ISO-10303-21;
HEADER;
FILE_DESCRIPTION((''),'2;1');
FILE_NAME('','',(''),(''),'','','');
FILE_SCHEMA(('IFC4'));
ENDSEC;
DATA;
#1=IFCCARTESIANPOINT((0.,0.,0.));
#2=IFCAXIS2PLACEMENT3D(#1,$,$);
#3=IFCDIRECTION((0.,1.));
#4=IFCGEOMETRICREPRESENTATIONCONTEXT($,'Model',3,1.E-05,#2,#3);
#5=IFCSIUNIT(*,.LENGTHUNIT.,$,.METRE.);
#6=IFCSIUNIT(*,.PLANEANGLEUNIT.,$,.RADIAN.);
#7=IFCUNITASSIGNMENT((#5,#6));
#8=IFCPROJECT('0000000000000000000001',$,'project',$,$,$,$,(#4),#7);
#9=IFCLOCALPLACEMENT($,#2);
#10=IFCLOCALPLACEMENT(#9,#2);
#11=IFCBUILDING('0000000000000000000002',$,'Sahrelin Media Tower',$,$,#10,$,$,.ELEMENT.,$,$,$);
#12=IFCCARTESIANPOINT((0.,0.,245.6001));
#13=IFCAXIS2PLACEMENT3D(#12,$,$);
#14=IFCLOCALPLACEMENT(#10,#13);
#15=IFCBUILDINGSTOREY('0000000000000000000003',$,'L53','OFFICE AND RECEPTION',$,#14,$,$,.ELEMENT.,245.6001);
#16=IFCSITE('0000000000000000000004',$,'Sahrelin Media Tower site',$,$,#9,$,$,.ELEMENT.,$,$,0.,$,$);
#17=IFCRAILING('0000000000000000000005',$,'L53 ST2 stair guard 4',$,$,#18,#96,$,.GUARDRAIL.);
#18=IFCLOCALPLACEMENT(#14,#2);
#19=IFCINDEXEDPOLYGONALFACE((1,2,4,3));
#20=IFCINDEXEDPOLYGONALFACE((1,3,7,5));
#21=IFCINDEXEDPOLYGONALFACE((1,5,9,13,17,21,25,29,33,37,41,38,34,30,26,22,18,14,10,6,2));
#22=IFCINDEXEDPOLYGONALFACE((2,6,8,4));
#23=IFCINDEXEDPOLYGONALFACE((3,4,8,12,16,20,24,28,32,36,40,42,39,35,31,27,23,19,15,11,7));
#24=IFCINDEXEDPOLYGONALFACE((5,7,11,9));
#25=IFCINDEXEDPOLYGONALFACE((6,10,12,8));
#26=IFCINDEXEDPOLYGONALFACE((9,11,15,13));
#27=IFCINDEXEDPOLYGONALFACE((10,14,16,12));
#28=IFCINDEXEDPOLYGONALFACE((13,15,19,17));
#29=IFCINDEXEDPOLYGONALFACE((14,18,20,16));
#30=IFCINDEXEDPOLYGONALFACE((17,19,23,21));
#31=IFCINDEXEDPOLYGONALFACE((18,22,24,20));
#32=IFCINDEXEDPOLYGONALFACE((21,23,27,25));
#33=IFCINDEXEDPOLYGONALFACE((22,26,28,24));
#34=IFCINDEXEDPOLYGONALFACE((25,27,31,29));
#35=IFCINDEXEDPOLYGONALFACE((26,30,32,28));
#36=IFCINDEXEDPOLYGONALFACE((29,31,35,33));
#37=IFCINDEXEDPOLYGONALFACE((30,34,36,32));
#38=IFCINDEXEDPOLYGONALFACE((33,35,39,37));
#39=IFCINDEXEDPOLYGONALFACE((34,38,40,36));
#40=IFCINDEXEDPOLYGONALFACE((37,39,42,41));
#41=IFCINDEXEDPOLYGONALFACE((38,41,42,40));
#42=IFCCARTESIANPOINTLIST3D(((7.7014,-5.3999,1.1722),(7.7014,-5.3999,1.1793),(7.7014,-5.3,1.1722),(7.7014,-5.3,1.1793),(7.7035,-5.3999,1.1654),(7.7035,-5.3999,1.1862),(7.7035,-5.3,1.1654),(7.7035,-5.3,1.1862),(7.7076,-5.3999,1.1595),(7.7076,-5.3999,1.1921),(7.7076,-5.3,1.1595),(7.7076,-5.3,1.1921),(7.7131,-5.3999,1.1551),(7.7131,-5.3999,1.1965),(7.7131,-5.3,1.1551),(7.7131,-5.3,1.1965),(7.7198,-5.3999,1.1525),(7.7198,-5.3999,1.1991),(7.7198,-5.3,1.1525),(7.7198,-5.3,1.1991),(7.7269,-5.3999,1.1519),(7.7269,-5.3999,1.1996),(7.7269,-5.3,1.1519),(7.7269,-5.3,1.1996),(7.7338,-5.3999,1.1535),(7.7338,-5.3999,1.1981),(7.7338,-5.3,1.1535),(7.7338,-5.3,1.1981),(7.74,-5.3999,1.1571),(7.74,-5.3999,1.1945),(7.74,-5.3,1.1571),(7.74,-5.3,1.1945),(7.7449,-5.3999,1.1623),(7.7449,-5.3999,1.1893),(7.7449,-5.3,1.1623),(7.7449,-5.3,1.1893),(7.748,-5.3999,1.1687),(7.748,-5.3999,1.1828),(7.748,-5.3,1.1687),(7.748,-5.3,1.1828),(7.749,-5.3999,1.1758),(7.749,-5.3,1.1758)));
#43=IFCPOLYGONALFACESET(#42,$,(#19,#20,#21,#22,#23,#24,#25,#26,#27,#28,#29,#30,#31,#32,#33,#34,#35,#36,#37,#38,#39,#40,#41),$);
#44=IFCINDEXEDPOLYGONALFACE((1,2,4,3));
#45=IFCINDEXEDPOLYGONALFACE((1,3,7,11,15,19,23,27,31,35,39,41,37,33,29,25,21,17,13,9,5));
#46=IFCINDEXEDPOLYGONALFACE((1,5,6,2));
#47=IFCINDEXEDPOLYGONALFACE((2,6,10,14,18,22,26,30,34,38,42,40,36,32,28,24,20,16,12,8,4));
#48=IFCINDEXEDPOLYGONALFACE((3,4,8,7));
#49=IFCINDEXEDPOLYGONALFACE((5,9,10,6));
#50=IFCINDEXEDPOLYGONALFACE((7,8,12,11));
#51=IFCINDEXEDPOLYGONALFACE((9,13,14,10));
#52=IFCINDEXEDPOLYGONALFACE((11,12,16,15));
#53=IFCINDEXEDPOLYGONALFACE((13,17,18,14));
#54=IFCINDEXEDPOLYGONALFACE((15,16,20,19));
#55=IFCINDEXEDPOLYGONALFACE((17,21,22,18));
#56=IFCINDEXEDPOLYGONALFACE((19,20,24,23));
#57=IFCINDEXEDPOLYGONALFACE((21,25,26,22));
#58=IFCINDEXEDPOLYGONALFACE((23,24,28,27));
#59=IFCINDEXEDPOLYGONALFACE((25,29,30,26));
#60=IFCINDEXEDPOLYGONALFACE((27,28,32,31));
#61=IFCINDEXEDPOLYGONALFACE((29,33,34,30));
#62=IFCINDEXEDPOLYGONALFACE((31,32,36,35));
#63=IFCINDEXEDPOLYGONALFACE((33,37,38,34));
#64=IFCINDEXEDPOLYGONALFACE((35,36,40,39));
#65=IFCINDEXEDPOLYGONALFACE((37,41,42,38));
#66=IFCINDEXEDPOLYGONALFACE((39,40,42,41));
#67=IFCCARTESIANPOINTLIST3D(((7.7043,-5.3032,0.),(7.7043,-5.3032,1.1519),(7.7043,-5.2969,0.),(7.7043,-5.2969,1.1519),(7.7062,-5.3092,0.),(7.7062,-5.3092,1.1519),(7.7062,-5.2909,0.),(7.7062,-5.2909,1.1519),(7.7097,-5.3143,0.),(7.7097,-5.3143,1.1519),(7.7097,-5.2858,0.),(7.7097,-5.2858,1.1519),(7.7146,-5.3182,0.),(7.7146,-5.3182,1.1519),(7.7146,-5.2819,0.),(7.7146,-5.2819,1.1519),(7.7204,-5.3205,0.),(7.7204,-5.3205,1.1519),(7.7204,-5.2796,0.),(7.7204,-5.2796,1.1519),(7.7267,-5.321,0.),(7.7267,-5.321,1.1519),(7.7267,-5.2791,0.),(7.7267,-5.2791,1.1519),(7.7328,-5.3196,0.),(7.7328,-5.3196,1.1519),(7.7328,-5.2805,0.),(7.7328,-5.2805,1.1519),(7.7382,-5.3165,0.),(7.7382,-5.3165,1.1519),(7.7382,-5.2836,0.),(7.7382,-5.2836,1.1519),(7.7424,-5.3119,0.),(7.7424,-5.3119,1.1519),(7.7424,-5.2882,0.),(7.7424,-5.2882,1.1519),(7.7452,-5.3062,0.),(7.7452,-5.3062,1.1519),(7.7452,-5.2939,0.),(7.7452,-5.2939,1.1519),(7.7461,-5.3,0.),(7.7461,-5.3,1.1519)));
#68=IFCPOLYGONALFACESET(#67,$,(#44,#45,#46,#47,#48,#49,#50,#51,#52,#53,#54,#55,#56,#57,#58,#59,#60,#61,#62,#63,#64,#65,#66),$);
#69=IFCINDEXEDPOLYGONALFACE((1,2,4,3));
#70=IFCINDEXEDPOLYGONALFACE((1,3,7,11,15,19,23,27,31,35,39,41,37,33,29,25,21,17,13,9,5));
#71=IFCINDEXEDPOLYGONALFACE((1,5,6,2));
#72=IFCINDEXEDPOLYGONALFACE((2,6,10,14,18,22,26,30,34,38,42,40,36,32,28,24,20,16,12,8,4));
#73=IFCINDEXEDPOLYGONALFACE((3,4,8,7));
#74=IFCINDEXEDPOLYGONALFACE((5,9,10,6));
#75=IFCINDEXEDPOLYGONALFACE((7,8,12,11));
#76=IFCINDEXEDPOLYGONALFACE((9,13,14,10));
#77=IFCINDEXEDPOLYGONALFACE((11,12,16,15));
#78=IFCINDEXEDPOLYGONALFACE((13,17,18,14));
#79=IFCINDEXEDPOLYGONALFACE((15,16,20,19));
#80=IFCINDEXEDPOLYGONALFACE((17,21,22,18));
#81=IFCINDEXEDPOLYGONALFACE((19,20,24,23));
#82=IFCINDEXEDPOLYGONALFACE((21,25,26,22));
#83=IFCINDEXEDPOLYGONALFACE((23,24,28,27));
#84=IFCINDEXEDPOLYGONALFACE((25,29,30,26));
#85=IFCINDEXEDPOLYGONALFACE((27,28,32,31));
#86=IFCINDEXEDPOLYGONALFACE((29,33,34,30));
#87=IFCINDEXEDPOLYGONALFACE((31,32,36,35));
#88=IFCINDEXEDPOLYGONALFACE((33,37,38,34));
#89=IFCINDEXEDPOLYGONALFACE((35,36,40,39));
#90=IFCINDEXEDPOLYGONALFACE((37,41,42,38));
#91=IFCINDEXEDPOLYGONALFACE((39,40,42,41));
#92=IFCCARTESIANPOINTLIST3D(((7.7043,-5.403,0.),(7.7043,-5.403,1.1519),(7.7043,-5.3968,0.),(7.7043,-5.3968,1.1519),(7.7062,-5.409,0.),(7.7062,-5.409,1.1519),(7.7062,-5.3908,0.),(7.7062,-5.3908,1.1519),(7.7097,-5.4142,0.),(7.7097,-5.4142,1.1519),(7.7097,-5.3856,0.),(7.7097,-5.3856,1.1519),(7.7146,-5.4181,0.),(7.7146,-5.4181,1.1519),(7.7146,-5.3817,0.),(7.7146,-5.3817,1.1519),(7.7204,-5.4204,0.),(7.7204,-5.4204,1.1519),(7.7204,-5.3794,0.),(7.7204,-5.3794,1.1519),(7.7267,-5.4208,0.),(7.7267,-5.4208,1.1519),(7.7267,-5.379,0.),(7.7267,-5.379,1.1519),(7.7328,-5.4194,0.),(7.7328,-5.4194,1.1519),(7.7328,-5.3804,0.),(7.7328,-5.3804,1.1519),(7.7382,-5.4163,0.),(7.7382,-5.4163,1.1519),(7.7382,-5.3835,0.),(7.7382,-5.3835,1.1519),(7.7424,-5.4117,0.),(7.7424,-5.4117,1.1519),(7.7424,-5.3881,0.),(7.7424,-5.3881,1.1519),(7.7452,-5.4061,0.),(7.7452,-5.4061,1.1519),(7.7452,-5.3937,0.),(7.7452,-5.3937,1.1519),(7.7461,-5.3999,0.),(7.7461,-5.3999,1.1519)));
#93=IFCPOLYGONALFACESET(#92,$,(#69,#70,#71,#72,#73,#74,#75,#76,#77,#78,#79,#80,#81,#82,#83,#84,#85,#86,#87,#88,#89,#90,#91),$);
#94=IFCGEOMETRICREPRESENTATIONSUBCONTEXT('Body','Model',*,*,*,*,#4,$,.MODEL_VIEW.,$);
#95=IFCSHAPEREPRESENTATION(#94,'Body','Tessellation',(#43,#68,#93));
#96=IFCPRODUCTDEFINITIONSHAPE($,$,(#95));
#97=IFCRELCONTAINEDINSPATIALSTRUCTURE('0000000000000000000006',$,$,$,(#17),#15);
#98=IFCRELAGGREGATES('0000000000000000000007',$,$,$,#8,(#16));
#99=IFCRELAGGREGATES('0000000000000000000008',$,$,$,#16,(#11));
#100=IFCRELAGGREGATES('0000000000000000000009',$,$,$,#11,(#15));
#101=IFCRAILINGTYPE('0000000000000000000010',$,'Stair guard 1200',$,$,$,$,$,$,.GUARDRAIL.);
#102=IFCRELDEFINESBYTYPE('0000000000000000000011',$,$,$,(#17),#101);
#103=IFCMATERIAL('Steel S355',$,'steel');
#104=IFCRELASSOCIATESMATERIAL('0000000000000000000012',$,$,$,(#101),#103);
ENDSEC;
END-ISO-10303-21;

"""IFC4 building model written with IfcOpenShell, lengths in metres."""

from ifc_helpers import new_model, si_unit, direction, frame, origin, origin_2d, place, context, subcontext, project, spatial, circle, extrude, material, type_object, element, save


model = new_model("IFC4")

# Units and contexts
model_context = context("Model", 3, precision=1e-05, world=origin(), true_north=direction((0.0, 1.0)))
body_context = subcontext(model_context, "Body", "Model", "MODEL_VIEW")
ifc_project = project(units=[si_unit("LENGTHUNIT", "METRE"), si_unit("PLANEANGLEUNIT", "RADIAN")], contexts=[model_context])

# Site, building, storey
site_placement = place(None, origin())
site = spatial("IfcSite", under=ifc_project, at=site_placement, Name="Sahrelin Media Tower site", CompositionType="ELEMENT", RefElevation=0.0)
building_placement = place(site_placement, origin())
building = spatial("IfcBuilding", under=site, at=building_placement, Name="Sahrelin Media Tower", CompositionType="ELEMENT")
storey_placement = place(building_placement, frame((0.0, 0.0, 245.6001)))
storey = spatial("IfcBuildingStorey", under=building, at=storey_placement, Name="L53", Description="OFFICE AND RECEPTION", CompositionType="ELEMENT", Elevation=245.6001)

# Shared definitions
ifc_material_1 = material(Name="Steel S355", Category="steel")

# Railing
railing_type_1 = type_object("IfcRailingType", Name="Stair guard 1200", PredefinedType="GUARDRAIL", material=ifc_material_1)
railing_1_placement = place(storey_placement, frame((7.7251, -5.3, 0.0)))
element("IfcRailing", 1, at=railing_1_placement, inside=storey, type_object=railing_type_1, Name="L53 ST2 stair guard 4", PredefinedType="GUARDRAIL", context=body_context, shape_type="SweptSolid", body=[
    extrude(circle(Radius=0.0239, at=origin_2d()), frame((0.0, 0.0, 1.1758), z_axis=(0.0, -1.0, 0.0), x_axis=(1.0, 0.0, 0.0)), (0.0, 0.0, 1.0), 0.0999),
    extrude(circle(Radius=0.021, at=origin_2d()), origin(), (0.0, 0.0, 1.0), 1.1519),
    extrude(circle(Radius=0.021, at=origin_2d()), frame((0.0, -0.0999, 0.0)), (0.0, 0.0, 1.0), 1.1519),
])

save(model, "model.ifc")
